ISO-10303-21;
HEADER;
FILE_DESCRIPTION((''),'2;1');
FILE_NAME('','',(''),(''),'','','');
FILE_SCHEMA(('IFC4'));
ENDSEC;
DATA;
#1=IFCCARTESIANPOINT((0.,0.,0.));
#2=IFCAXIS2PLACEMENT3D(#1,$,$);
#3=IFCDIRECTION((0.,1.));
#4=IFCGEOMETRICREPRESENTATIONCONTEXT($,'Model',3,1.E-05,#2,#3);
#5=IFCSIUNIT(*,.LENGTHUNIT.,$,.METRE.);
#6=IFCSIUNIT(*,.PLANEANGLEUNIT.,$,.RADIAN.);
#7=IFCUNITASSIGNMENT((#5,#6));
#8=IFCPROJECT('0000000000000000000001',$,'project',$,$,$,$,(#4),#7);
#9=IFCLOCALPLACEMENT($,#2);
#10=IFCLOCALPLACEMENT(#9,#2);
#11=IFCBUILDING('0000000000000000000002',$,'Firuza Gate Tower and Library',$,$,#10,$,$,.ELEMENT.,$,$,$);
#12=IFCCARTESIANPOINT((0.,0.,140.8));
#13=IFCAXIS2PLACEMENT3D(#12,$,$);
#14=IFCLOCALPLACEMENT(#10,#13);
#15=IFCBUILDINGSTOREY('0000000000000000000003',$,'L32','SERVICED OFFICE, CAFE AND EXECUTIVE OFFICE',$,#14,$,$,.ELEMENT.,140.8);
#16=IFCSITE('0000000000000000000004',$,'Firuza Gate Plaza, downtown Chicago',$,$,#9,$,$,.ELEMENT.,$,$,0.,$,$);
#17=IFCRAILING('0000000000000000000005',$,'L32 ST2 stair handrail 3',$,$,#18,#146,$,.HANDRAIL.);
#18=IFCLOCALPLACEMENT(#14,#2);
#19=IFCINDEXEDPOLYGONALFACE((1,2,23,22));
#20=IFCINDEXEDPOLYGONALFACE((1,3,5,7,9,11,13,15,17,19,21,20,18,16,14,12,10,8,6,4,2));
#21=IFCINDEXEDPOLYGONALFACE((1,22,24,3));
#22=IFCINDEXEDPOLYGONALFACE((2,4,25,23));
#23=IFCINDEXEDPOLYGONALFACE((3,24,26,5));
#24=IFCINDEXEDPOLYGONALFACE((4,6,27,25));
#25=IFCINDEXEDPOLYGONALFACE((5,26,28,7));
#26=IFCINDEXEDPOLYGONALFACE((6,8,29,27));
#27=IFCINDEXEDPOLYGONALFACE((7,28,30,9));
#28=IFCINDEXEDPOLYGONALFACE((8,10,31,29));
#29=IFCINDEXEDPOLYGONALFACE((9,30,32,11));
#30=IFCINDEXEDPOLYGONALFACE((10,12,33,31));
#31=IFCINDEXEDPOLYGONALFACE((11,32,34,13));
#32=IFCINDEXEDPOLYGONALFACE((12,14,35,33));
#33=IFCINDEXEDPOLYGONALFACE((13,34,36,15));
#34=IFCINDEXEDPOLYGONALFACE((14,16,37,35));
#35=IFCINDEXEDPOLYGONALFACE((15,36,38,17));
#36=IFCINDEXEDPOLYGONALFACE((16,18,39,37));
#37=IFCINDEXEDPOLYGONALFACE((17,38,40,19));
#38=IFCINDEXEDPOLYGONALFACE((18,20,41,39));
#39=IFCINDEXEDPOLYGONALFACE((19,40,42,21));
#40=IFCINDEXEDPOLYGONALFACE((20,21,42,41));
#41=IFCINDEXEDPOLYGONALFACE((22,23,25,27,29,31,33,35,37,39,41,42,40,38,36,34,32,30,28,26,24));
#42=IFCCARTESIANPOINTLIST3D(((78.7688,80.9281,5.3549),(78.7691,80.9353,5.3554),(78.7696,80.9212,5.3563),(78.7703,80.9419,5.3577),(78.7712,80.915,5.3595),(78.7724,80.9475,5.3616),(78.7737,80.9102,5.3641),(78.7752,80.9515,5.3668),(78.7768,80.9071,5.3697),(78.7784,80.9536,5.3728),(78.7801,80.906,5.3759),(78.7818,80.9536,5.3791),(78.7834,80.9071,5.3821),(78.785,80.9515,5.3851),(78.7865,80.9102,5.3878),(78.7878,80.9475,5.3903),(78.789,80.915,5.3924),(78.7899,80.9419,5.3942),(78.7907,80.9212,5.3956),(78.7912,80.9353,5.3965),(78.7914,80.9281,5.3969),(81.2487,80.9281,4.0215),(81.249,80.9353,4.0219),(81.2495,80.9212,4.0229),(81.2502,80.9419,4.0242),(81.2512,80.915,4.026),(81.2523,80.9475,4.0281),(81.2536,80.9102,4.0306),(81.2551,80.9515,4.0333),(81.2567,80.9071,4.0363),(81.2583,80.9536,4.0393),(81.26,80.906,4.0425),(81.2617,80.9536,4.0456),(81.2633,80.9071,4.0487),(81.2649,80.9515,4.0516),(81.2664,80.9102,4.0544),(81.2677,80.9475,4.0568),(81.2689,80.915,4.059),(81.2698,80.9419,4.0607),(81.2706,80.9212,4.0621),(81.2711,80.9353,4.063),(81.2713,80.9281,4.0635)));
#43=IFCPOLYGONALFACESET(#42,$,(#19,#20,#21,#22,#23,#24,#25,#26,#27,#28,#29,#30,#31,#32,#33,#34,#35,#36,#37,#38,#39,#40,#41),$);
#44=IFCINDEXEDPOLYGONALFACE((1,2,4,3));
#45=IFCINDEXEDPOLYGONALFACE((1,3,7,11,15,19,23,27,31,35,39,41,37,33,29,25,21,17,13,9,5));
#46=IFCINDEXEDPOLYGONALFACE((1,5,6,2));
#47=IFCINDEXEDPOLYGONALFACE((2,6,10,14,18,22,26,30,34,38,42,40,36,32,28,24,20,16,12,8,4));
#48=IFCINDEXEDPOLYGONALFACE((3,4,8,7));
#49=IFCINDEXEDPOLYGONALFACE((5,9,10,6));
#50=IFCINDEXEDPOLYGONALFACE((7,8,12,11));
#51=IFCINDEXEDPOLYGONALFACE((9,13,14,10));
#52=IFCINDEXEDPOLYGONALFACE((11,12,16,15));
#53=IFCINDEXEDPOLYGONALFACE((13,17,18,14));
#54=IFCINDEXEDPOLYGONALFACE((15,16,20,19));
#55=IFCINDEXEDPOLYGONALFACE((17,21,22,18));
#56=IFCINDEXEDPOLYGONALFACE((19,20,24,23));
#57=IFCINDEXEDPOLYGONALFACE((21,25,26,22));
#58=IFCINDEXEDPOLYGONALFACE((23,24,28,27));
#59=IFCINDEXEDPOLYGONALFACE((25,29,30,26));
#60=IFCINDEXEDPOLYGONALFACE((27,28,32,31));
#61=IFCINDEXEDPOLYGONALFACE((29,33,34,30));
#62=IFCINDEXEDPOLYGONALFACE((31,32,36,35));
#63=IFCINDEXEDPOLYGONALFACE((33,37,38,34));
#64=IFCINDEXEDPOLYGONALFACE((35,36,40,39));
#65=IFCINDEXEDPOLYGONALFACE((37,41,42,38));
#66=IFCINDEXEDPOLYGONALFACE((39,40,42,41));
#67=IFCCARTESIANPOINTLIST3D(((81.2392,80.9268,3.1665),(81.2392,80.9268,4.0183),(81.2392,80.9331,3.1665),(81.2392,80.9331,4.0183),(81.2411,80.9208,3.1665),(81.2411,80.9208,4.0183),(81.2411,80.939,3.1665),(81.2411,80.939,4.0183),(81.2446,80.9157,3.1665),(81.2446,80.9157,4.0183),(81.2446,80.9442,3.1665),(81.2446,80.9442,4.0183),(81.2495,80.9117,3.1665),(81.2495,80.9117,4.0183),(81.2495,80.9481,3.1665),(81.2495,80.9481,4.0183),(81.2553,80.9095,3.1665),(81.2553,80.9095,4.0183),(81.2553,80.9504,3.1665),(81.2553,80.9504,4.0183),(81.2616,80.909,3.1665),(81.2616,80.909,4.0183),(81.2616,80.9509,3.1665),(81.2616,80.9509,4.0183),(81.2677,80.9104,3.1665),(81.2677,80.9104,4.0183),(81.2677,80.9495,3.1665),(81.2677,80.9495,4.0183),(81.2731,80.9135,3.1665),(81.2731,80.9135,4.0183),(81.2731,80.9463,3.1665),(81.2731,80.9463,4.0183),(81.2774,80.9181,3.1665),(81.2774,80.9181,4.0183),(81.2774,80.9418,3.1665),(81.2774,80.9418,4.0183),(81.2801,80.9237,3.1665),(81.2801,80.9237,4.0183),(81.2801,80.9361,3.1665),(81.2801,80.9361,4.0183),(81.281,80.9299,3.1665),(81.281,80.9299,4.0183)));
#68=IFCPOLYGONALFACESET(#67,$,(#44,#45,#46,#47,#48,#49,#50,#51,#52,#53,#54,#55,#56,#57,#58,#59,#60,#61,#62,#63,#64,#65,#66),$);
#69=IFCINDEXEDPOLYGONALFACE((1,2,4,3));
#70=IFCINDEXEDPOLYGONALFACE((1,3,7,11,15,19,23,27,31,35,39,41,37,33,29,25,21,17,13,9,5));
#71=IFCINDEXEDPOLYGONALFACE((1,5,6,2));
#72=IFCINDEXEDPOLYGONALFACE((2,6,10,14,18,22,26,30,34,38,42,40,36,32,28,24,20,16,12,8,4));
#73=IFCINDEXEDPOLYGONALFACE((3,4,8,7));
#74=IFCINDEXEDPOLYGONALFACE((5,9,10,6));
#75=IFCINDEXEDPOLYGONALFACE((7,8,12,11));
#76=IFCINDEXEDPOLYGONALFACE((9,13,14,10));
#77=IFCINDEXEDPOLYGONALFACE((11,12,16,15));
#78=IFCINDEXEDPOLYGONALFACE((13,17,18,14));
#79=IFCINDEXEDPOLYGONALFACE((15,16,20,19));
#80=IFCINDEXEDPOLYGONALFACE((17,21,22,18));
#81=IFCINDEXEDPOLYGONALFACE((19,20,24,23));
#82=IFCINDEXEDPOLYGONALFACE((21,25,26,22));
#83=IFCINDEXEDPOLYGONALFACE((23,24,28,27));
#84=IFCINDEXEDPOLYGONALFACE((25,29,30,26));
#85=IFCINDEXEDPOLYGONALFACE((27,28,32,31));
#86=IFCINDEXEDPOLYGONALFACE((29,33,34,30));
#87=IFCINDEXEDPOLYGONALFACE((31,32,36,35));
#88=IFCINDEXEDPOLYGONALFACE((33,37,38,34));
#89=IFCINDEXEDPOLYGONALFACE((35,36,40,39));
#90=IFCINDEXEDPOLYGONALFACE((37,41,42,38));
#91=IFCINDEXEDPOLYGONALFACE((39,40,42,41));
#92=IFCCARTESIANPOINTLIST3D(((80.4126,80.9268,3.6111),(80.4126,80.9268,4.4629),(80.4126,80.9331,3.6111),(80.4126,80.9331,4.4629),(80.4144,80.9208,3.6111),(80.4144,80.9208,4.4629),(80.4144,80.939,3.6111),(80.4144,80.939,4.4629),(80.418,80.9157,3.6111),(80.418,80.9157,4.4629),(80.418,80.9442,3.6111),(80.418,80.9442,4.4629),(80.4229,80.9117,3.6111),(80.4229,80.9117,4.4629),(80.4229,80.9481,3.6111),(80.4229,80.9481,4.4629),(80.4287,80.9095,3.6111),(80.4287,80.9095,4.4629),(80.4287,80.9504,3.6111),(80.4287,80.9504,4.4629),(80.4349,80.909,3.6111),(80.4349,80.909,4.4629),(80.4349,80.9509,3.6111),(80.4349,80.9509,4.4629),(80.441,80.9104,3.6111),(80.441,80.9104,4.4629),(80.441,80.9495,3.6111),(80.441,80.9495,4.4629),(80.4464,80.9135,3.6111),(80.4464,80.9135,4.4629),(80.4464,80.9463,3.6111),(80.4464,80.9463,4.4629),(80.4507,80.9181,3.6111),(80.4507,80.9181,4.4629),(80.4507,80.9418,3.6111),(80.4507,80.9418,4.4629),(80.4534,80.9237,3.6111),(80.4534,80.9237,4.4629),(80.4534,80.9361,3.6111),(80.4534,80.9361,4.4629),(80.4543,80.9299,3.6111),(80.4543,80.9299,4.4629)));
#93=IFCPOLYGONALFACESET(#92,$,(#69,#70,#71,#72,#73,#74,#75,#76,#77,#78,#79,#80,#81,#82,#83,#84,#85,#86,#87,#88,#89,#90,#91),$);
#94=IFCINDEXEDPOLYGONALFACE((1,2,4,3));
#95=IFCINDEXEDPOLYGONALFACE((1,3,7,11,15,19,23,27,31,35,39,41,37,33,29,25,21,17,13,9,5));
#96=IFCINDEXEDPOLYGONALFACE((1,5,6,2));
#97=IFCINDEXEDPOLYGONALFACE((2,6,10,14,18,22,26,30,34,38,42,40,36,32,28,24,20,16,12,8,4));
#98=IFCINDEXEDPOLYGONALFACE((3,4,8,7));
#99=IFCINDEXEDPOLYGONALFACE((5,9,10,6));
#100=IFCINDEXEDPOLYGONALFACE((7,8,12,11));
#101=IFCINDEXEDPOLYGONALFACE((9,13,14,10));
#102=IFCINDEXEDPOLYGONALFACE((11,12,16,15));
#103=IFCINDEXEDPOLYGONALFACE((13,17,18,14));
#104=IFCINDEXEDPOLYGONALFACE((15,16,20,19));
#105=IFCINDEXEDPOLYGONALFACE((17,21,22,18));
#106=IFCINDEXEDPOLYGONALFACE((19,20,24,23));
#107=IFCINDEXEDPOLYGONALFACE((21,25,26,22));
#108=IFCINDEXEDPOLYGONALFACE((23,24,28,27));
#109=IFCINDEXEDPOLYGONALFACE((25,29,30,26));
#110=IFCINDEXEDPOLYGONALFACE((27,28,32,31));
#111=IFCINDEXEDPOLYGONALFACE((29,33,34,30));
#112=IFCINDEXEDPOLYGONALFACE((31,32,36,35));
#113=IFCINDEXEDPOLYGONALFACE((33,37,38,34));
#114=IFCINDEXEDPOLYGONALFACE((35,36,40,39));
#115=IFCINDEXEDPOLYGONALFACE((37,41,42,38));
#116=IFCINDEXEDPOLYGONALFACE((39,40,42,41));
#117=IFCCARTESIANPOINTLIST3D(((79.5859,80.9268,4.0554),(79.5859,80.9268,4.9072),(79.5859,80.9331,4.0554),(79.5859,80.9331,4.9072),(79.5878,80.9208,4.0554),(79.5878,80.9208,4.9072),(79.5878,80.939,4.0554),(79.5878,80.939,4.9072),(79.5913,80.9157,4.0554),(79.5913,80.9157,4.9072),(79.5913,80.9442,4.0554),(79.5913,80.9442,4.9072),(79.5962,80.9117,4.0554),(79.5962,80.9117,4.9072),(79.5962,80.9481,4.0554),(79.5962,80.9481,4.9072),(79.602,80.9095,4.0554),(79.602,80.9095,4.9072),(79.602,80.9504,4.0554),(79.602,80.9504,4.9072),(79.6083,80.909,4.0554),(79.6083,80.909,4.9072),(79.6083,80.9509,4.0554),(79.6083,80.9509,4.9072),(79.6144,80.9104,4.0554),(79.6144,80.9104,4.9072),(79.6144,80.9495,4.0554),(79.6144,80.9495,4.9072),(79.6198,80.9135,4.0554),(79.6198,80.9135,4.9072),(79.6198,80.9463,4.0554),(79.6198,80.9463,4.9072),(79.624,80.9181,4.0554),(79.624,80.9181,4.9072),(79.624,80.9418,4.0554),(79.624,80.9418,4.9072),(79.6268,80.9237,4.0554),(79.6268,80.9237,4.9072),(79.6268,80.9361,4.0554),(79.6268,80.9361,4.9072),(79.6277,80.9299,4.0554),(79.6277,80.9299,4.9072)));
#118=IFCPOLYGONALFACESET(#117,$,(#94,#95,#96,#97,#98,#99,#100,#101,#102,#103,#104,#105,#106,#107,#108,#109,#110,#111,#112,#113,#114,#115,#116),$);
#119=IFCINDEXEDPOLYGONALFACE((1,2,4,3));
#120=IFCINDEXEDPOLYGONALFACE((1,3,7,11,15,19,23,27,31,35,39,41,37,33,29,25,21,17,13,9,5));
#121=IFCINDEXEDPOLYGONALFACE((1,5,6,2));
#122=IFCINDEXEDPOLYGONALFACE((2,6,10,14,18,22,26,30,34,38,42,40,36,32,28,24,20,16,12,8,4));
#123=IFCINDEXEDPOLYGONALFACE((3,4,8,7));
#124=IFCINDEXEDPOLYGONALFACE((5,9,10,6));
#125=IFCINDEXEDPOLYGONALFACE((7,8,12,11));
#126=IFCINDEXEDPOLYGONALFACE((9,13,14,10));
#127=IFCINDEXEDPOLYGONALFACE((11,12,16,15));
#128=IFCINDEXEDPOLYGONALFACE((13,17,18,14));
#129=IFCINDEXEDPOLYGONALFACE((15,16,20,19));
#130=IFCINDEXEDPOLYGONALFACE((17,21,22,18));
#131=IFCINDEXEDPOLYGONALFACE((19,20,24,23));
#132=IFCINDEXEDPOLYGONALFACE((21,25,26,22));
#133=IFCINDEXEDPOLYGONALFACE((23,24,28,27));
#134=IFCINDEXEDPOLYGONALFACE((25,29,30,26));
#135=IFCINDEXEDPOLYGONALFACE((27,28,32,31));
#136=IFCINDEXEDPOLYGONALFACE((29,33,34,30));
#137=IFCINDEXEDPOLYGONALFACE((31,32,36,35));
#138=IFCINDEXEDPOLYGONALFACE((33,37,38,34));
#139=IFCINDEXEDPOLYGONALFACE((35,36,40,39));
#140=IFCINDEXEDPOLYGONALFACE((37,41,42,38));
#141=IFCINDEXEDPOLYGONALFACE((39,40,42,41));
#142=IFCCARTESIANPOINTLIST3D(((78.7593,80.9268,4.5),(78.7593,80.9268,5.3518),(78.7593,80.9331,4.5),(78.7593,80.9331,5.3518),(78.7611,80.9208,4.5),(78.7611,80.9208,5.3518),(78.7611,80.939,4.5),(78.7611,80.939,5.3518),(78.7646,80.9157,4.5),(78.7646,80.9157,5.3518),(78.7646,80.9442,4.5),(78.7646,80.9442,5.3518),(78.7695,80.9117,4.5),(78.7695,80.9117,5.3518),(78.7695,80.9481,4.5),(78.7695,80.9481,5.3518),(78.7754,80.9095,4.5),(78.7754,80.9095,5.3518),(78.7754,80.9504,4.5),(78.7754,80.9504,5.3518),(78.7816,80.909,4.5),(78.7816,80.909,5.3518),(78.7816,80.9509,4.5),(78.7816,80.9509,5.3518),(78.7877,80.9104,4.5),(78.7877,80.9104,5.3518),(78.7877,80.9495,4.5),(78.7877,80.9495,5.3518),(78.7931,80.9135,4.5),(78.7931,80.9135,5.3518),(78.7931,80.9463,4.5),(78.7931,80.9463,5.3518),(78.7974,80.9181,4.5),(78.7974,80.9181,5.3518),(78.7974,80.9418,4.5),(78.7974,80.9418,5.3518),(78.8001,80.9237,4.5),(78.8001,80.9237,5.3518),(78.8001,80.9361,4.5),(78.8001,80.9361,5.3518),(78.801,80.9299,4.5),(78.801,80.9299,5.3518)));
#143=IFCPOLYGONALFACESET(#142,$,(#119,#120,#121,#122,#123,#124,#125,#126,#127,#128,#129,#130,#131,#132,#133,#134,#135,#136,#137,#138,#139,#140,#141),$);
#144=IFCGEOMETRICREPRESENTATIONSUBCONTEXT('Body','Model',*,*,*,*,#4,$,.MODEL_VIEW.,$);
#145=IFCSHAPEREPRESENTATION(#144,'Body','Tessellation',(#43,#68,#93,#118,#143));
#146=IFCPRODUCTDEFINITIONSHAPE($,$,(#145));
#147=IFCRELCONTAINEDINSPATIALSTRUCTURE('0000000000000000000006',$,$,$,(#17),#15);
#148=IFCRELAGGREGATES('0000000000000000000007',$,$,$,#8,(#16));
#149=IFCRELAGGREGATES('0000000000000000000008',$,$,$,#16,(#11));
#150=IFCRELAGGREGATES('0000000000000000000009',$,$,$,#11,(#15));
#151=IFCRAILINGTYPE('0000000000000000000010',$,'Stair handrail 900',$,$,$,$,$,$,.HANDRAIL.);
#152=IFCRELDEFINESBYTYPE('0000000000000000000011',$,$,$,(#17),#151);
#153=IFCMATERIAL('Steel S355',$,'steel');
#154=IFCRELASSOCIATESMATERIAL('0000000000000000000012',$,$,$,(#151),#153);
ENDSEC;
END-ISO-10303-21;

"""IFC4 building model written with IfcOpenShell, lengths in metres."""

from ifc_helpers import new_model, si_unit, direction, frame, origin, origin_2d, place, context, subcontext, project, spatial, circle, extrude, material, type_object, element, save


model = new_model("IFC4")

# Units and contexts
model_context = context("Model", 3, precision=1e-05, world=origin(), true_north=direction((0.0, 1.0)))
body_context = subcontext(model_context, "Body", "Model", "MODEL_VIEW")
ifc_project = project(units=[si_unit("LENGTHUNIT", "METRE"), si_unit("PLANEANGLEUNIT", "RADIAN")], contexts=[model_context])

# Site, building, storey
site_placement = place(None, origin())
site = spatial("IfcSite", under=ifc_project, at=site_placement, Name="Firuza Gate Plaza, downtown Chicago", CompositionType="ELEMENT", RefElevation=0.0)
building_placement = place(site_placement, origin())
building = spatial("IfcBuilding", under=site, at=building_placement, Name="Firuza Gate Tower and Library", CompositionType="ELEMENT")
storey_placement = place(building_placement, frame((0.0, 0.0, 140.8)))
storey = spatial("IfcBuildingStorey", under=building, at=storey_placement, Name="L32", Description="SERVICED OFFICE, CAFE AND EXECUTIVE OFFICE", CompositionType="ELEMENT", Elevation=140.8)

# Railing
ifc_material_1 = material(Name="Steel S355", Category="steel")
railing_type_1 = type_object("IfcRailingType", Name="Stair handrail 900", PredefinedType="HANDRAIL", material=ifc_material_1)
railing_1_placement = place(storey_placement, frame((81.26, 80.9299, 3.1665)))
element("IfcRailing", 1, at=railing_1_placement, inside=storey, type_object=railing_type_1, Name="L32 ST2 stair handrail 3", PredefinedType="HANDRAIL", context=body_context, shape_type="SweptSolid", body=[
    extrude(circle(Radius=0.0239, at=origin_2d()), frame((0.0, 0.0, 0.876), z_axis=(-0.880749, 0.0, 0.473583), x_axis=(0.0, -1.0, 0.0)), (0.0, 0.0, 1.0), 2.8157),
    extrude(circle(Radius=0.021, at=origin_2d()), origin(), (0.0, 0.0, 1.0), 0.8518),
    extrude(circle(Radius=0.021, at=origin_2d()), frame((-0.8267, 0.0, 0.4446)), (0.0, 0.0, 1.0), 0.8518),
    extrude(circle(Radius=0.021, at=origin_2d()), frame((-1.6533, 0.0, 0.8889)), (0.0, 0.0, 1.0), 0.8518),
    extrude(circle(Radius=0.021, at=origin_2d()), frame((-2.48, 0.0, 1.3335)), (0.0, 0.0, 1.0), 0.8518),
])

save(model, "model.ifc")
